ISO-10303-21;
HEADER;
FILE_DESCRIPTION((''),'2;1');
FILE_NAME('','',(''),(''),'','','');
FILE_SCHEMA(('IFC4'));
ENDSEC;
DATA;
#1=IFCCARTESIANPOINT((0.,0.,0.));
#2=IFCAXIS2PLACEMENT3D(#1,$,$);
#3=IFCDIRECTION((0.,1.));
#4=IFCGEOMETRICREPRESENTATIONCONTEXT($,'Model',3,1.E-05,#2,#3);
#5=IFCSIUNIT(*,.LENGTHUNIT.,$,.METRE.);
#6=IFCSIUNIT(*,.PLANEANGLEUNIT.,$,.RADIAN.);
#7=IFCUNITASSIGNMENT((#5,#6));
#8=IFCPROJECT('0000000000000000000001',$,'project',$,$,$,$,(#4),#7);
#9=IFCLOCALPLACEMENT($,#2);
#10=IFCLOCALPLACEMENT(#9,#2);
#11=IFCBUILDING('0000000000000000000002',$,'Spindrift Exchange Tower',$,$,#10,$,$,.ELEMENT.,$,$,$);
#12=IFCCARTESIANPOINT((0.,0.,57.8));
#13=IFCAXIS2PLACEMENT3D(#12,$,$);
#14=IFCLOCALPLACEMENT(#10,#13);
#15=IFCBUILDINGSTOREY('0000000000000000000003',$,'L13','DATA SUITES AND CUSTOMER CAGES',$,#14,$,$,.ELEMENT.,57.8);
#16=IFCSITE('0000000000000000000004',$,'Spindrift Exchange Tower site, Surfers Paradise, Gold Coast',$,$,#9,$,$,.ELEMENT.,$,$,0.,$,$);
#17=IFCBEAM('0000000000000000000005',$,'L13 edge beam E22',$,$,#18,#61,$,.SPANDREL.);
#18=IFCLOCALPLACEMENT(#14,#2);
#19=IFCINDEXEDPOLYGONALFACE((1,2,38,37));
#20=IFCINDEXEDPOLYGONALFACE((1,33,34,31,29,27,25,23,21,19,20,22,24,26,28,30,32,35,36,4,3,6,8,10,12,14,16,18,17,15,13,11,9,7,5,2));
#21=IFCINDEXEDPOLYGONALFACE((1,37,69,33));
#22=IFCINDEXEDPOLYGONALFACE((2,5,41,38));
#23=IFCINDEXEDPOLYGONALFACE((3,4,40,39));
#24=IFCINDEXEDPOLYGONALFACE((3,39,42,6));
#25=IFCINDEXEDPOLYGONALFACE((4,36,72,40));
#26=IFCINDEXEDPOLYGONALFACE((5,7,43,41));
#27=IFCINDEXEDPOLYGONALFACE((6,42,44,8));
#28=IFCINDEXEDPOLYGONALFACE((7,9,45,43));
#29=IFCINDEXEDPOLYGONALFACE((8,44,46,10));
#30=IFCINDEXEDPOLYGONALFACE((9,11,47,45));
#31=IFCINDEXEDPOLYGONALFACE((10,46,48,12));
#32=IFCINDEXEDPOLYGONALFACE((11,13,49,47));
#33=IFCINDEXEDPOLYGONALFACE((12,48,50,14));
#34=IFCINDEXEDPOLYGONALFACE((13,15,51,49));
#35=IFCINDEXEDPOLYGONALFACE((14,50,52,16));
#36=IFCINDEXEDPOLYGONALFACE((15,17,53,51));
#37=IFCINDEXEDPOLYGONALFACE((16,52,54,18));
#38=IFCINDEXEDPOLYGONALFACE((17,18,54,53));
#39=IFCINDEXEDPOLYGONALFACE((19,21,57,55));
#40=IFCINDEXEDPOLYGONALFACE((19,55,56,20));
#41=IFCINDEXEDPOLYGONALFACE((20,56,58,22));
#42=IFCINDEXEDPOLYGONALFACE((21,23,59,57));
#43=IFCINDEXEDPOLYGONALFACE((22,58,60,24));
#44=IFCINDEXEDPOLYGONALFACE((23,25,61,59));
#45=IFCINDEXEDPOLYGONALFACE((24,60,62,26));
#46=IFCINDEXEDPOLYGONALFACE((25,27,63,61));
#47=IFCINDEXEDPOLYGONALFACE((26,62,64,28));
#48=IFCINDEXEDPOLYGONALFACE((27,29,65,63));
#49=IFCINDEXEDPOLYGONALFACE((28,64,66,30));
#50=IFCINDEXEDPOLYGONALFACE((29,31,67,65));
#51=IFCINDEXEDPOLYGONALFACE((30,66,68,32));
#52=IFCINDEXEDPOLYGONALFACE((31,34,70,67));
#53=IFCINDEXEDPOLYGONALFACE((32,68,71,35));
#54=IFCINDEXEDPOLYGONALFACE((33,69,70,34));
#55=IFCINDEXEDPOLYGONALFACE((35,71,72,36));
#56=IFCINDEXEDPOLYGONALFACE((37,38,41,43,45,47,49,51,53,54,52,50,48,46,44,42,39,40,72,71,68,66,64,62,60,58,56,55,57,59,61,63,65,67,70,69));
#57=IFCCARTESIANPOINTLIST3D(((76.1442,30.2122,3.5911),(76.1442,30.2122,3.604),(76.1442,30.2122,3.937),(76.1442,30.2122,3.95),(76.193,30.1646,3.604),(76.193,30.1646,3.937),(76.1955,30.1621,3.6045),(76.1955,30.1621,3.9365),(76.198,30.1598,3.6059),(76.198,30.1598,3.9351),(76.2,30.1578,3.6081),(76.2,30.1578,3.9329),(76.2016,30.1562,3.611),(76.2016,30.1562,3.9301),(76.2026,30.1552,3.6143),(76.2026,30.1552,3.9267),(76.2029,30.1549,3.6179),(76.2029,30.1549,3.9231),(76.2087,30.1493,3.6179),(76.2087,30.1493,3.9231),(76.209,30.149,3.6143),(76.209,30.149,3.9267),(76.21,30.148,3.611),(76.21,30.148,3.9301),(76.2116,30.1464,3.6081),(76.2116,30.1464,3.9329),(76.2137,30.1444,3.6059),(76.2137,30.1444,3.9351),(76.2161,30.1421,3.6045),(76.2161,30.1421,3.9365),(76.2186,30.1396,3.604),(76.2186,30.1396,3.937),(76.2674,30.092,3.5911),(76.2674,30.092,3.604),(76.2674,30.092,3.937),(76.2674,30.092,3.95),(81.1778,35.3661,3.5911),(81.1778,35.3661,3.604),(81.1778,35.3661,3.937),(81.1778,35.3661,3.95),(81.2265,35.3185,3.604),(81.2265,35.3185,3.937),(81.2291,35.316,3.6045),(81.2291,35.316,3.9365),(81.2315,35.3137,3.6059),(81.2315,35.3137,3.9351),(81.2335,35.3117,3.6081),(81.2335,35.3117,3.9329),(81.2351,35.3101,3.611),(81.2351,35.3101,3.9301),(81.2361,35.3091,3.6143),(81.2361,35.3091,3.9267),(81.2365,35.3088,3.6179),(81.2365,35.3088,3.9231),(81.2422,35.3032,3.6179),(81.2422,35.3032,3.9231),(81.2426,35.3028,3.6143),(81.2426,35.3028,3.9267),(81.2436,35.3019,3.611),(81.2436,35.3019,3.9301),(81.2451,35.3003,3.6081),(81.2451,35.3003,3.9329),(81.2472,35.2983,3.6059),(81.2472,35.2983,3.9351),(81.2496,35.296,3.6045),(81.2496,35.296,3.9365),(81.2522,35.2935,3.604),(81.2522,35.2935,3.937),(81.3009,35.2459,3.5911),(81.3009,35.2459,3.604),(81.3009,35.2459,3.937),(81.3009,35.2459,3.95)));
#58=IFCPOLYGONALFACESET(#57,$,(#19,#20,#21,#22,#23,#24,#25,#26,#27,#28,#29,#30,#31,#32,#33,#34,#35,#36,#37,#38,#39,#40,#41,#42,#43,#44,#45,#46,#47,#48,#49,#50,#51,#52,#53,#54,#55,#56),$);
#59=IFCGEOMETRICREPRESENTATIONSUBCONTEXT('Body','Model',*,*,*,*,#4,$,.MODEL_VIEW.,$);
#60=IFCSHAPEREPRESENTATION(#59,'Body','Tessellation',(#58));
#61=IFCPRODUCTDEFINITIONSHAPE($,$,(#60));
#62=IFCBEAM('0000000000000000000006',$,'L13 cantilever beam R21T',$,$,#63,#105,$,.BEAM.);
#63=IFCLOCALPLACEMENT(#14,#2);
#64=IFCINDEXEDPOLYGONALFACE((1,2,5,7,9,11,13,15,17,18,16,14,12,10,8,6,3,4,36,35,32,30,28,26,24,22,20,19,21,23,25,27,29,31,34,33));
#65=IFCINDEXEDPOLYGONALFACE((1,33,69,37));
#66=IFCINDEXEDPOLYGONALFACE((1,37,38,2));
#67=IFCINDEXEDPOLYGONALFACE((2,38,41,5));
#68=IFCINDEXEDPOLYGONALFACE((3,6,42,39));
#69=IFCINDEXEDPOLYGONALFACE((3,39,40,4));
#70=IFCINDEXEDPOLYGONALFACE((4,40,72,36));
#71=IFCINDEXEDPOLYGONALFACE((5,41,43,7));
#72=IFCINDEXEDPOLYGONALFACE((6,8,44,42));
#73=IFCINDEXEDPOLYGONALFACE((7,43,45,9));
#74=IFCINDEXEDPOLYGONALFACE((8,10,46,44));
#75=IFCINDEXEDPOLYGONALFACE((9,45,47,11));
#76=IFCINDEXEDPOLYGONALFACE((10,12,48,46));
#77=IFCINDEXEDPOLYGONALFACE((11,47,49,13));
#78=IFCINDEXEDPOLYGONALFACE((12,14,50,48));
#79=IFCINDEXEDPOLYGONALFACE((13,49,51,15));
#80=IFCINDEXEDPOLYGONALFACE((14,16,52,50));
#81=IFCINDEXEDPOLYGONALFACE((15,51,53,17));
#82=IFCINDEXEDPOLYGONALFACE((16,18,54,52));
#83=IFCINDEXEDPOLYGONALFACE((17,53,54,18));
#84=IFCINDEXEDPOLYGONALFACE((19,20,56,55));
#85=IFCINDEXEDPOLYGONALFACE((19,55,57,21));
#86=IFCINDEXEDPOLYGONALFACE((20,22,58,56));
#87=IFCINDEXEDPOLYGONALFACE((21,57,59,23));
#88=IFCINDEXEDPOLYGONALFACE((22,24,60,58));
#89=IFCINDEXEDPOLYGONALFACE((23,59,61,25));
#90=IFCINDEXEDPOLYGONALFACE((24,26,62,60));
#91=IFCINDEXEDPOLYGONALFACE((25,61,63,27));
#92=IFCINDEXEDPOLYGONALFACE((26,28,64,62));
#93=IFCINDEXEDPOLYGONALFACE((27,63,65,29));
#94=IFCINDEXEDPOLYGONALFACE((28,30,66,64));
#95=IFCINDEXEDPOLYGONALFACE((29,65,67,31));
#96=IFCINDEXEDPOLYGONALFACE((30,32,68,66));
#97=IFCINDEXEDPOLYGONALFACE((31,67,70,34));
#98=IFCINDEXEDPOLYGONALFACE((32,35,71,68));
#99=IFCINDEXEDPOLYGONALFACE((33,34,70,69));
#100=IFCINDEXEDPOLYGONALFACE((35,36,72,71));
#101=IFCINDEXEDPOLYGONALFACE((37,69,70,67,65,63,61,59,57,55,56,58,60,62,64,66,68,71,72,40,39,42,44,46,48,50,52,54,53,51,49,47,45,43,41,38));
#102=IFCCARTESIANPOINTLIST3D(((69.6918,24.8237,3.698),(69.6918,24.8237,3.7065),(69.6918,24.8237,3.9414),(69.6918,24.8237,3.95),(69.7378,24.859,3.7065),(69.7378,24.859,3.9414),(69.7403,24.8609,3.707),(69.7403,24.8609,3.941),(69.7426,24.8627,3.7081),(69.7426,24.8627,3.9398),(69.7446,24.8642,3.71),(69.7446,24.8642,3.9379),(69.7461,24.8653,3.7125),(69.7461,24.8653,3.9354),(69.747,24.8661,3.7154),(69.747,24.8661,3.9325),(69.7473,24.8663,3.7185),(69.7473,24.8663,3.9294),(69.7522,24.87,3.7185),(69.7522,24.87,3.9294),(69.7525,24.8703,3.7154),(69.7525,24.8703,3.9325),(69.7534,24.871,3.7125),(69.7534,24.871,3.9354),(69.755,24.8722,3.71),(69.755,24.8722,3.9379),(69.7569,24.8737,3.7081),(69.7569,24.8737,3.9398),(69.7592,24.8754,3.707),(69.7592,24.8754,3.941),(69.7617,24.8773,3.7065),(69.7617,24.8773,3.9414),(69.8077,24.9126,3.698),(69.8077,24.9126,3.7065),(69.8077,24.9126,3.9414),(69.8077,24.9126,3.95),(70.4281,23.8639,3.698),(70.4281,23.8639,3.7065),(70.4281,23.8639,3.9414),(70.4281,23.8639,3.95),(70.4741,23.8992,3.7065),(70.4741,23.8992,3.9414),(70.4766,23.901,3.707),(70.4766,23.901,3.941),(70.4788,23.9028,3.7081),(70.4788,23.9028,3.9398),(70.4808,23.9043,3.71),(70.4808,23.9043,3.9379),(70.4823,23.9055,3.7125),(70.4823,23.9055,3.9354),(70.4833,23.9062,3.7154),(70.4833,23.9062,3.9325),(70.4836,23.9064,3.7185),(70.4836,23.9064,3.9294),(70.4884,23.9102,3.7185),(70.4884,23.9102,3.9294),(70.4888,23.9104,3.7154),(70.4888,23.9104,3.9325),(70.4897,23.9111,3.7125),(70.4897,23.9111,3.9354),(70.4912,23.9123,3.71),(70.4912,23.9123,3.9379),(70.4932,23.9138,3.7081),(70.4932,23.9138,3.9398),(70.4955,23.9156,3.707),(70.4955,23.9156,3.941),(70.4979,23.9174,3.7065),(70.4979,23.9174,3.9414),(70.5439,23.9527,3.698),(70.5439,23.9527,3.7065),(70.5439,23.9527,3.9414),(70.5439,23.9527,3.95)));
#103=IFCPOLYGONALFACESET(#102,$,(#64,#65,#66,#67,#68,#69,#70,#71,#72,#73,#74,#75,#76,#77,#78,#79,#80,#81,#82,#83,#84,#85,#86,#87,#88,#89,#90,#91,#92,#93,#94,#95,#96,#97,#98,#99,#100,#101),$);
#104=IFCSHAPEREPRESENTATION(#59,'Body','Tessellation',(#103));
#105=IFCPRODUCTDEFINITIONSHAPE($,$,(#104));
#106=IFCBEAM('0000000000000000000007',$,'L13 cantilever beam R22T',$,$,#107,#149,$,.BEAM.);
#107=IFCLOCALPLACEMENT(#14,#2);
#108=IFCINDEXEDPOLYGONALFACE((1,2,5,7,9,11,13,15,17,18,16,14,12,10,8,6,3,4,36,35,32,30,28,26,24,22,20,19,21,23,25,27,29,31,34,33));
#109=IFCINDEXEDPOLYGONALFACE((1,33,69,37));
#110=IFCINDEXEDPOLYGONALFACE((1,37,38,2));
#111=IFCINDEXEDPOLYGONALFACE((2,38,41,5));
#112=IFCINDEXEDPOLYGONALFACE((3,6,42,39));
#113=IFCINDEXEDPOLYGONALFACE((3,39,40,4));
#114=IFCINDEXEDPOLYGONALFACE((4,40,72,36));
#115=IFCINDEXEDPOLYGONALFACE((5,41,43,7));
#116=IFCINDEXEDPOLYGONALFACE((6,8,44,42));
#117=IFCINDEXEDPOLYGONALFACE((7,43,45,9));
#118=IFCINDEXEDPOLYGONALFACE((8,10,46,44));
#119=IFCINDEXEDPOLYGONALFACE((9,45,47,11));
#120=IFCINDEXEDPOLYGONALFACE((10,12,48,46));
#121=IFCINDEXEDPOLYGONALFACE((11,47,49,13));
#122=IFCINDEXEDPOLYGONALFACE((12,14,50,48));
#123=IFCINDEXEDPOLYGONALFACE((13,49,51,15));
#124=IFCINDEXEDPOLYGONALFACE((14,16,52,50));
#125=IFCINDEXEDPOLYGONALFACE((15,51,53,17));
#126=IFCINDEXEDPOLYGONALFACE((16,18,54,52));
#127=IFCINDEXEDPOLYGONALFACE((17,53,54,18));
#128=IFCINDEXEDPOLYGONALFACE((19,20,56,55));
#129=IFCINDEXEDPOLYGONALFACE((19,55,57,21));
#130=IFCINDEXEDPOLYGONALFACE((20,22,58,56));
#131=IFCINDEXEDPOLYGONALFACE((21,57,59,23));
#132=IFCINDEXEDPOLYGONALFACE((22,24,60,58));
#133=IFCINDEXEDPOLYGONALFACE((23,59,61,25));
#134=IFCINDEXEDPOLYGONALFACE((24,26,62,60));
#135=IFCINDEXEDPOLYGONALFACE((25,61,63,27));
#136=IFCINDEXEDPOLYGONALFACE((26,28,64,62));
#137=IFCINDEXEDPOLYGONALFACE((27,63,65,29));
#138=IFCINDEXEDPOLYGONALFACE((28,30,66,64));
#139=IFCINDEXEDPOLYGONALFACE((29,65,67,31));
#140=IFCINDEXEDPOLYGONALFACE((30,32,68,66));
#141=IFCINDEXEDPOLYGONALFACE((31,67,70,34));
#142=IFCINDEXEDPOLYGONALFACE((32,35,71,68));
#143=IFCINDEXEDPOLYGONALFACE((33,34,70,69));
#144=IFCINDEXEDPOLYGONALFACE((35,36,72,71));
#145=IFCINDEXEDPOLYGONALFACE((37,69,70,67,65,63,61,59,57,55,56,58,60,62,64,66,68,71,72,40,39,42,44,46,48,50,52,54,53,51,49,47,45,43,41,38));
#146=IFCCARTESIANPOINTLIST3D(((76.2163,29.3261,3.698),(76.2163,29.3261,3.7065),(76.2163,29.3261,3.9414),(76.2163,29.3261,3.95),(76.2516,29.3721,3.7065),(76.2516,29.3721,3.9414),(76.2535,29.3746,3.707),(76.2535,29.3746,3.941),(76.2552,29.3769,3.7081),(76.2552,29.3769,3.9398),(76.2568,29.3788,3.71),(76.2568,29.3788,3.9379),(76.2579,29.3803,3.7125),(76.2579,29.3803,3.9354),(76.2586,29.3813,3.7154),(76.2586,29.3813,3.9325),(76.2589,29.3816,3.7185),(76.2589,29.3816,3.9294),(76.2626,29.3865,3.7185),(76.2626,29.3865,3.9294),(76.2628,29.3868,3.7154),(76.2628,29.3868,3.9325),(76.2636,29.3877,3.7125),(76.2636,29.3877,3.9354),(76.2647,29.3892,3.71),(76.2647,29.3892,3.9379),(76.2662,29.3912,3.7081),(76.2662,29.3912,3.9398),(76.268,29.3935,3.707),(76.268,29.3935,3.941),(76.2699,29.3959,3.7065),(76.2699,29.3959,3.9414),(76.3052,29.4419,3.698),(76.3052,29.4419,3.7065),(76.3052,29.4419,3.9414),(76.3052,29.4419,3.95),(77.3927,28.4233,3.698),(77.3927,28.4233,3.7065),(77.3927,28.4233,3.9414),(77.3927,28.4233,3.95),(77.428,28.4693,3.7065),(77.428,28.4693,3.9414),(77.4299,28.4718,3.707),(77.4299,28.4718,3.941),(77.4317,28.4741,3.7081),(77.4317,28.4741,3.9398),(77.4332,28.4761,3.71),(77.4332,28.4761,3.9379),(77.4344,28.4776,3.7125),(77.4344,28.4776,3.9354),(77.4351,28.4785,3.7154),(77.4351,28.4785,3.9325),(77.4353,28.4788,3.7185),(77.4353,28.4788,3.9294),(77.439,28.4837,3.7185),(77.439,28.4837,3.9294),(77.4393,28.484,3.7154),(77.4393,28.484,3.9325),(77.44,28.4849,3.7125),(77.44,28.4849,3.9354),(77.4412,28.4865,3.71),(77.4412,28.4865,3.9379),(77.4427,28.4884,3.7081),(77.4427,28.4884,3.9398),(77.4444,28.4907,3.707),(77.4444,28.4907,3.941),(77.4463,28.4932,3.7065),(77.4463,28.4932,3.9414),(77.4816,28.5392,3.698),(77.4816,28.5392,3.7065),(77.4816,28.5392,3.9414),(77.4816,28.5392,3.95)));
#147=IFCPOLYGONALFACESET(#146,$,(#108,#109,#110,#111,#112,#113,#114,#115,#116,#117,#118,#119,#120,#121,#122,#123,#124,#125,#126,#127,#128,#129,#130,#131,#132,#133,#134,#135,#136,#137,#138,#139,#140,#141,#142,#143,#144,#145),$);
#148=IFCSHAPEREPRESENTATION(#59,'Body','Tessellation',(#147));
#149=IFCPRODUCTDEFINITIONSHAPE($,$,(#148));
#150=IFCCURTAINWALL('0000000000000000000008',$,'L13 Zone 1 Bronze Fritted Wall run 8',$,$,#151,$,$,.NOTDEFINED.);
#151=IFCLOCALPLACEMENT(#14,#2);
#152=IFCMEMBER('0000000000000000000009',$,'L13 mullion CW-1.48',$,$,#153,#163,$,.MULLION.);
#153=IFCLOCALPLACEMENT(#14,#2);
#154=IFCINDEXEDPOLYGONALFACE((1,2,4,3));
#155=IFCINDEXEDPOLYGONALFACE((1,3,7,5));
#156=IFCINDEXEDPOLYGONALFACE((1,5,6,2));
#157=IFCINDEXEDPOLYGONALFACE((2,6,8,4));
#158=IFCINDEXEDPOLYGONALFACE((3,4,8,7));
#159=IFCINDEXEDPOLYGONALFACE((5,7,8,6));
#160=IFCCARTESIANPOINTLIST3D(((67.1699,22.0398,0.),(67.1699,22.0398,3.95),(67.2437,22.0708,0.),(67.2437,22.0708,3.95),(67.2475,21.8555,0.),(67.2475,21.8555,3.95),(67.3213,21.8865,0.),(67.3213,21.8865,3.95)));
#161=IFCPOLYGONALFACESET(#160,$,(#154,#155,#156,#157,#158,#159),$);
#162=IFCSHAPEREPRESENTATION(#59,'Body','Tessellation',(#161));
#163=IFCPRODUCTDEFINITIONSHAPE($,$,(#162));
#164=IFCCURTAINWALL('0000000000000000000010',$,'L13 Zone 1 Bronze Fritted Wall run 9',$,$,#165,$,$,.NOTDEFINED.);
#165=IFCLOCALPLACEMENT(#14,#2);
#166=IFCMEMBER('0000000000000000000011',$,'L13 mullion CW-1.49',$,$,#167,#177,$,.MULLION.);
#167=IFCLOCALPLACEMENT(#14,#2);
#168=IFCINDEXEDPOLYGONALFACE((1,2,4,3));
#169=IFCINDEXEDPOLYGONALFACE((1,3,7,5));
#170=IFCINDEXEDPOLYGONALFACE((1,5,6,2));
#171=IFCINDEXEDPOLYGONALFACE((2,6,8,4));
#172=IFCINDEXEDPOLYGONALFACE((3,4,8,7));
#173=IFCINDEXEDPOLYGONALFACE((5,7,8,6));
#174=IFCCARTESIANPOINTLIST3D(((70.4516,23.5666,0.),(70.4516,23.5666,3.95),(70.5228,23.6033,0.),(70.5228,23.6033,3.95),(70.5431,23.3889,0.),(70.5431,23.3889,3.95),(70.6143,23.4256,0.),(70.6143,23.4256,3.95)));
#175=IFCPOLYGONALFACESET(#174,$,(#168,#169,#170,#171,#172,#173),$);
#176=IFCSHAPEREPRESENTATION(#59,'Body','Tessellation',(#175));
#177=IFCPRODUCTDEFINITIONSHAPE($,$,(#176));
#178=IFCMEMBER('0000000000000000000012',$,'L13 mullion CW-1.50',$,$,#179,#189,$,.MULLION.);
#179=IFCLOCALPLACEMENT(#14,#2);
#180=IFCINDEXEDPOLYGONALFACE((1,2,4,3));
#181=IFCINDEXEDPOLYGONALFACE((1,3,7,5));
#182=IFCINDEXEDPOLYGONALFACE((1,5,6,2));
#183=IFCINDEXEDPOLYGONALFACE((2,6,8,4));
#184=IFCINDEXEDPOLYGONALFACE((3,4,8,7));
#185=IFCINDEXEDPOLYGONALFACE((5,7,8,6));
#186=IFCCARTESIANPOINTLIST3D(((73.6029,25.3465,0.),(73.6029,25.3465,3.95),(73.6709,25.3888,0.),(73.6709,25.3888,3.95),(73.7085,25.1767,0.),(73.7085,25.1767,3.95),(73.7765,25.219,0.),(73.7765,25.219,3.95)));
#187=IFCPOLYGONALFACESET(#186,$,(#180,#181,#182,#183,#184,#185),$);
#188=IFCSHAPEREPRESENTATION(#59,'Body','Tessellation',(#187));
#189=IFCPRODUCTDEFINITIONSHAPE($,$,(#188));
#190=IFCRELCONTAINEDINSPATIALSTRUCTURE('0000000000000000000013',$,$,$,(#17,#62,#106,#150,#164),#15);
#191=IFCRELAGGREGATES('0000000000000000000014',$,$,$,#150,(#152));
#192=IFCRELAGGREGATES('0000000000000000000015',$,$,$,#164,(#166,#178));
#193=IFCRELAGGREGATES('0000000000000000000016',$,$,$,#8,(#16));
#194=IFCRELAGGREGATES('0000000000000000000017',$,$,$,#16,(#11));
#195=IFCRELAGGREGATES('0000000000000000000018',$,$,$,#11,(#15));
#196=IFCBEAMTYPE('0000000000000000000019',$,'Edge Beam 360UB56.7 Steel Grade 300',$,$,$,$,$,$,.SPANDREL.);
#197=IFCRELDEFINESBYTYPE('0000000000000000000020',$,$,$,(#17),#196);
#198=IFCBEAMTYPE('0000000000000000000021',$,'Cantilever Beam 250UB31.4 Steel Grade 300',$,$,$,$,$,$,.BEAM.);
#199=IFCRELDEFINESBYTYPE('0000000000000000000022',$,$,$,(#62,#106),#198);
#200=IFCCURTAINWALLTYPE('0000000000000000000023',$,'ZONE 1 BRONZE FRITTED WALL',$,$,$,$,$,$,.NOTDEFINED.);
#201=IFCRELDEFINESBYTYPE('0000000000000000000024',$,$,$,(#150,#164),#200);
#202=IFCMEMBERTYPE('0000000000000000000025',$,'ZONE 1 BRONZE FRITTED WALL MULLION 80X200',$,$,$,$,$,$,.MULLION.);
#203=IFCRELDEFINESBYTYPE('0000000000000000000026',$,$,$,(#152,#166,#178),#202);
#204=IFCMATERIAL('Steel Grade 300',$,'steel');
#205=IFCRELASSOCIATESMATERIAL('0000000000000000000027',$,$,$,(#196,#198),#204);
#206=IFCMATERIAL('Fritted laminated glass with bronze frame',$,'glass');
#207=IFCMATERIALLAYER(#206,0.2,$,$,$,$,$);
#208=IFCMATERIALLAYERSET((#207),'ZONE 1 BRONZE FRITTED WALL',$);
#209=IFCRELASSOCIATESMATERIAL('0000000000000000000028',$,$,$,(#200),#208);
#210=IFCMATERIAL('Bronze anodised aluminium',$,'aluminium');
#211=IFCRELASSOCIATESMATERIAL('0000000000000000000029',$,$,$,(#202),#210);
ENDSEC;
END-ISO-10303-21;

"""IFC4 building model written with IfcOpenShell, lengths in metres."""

from ifc_helpers import new_model, si_unit, direction, frame, origin, origin_2d, place, context, subcontext, project, spatial, rectangle, i_section, extrude, source, transform, mapped, material, layer, layer_set, material_profile, profile_set, type_object, element, aggregate, save


model = new_model("IFC4")

# Units and contexts
model_context = context("Model", 3, precision=1e-05, world=origin(), true_north=direction((0.0, 1.0)))
body_context = subcontext(model_context, "Body", "Model", "MODEL_VIEW")
ifc_project = project(units=[si_unit("LENGTHUNIT", "METRE"), si_unit("PLANEANGLEUNIT", "RADIAN")], contexts=[model_context])

# Site, building, storey
site_placement = place(None, origin())
site = spatial("IfcSite", under=ifc_project, at=site_placement, Name="Spindrift Exchange Tower site, Surfers Paradise, Gold Coast", CompositionType="ELEMENT", RefElevation=0.0)
building_placement = place(site_placement, origin())
building = spatial("IfcBuilding", under=site, at=building_placement, Name="Spindrift Exchange Tower", CompositionType="ELEMENT")
storey_placement = place(building_placement, frame((0.0, 0.0, 57.8)))
storey = spatial("IfcBuildingStorey", under=building, at=storey_placement, Name="L13", Description="DATA SUITES AND CUSTOMER CAGES", CompositionType="ELEMENT", Elevation=57.8)

# Beams
ifc_material_1 = material(Name="Steel Grade 300", Category="steel")
ifc_material_profile_1 = material_profile(ifc_material_1, i_section(OverallWidth=0.1721, OverallDepth=0.3589, WebThickness=0.0081, FlangeThickness=0.0129, FilletRadius=0.0139, at=origin_2d()), Name="360UB56.7")
ifc_profile_set_1 = profile_set([ifc_material_profile_1], Name="Steel Grade 300")
beam_type_1 = type_object("IfcBeamType", Name="Edge Beam 360UB56.7 Steel Grade 300", PredefinedType="SPANDREL", material=ifc_profile_set_1)
shared_shape_1 = source(origin(), body_context, "Body", "SweptSolid", [
    extrude(i_section(OverallWidth=0.1721, OverallDepth=0.3589, WebThickness=0.0081, FlangeThickness=0.0129, FilletRadius=0.0139, at=origin_2d()), origin(), (0.0, 0.0, 1.0), 7.2041),
])
beam_1_placement = place(storey_placement, frame((76.2058, 30.1521, 3.7705), z_axis=(0.698704, 0.715411, 0.0), x_axis=(-0.715411, 0.698704, 0.0)))
element("IfcBeam", 1, at=beam_1_placement, inside=storey, type_object=beam_type_1, Name="L13 edge beam E22", PredefinedType="SPANDREL", context=body_context, shape_type="MappedRepresentation", body=[
    mapped(shared_shape_1, transform((0.0, 0.0, 0.0), scale=1.0)),
])
ifc_material_profile_2 = material_profile(ifc_material_1, i_section(OverallWidth=0.146, OverallDepth=0.252, WebThickness=0.0061, FlangeThickness=0.0085, FilletRadius=0.012, at=origin_2d()), Name="250UB31.4")
ifc_profile_set_2 = profile_set([ifc_material_profile_2], Name="Steel Grade 300")
beam_type_2 = type_object("IfcBeamType", Name="Cantilever Beam 250UB31.4 Steel Grade 300", PredefinedType="BEAM", material=ifc_profile_set_2)
shared_shape_2 = source(origin(), body_context, "Body", "SweptSolid", [
    extrude(i_section(OverallWidth=0.146, OverallDepth=0.252, WebThickness=0.0061, FlangeThickness=0.0085, FilletRadius=0.012, at=origin_2d()), origin(), (0.0, 0.0, 1.0), 1.2097),
])
beam_2_placement = place(storey_placement, frame((69.7498, 24.8682, 3.824), z_axis=(0.608618, -0.793463, 0.0), x_axis=(0.793463, 0.608618, 0.0)))
element("IfcBeam", 2, at=beam_2_placement, inside=storey, type_object=beam_type_2, Name="L13 cantilever beam R21T", PredefinedType="BEAM", context=body_context, shape_type="MappedRepresentation", body=[
    mapped(shared_shape_2, transform((0.0, 0.0, 0.0), scale=1.0)),
])
shared_shape_3 = source(origin(), body_context, "Body", "SweptSolid", [
    extrude(i_section(OverallWidth=0.146, OverallDepth=0.252, WebThickness=0.0061, FlangeThickness=0.0085, FilletRadius=0.012, at=origin_2d()), origin(), (0.0, 0.0, 1.0), 1.4829),
])
beam_3_placement = place(storey_placement, frame((76.2607, 29.384, 3.824), z_axis=(0.793333, -0.608787, 0.0), x_axis=(0.608787, 0.793333, 0.0)))
element("IfcBeam", 3, at=beam_3_placement, inside=storey, type_object=beam_type_2, Name="L13 cantilever beam R22T", PredefinedType="BEAM", context=body_context, shape_type="MappedRepresentation", body=[
    mapped(shared_shape_3, transform((0.0, 0.0, 0.0), scale=1.0)),
])

# Curtain wall, member
ifc_material_2 = material(Name="Fritted laminated glass with bronze frame", Category="glass")
ifc_layer_1 = layer(ifc_material_2, 0.2)
ifc_layer_set_1 = layer_set([ifc_layer_1], Name="ZONE 1 BRONZE FRITTED WALL")
curtain_wall_type = type_object("IfcCurtainWallType", Name="ZONE 1 BRONZE FRITTED WALL", PredefinedType="NOTDEFINED", material=ifc_layer_set_1)
curtain_wall_1_placement = place(storey_placement, origin())
curtain_wall_1 = element("IfcCurtainWall", 4, at=curtain_wall_1_placement, inside=storey, type_object=curtain_wall_type, Name="L13 Zone 1 Bronze Fritted Wall run 8", PredefinedType="NOTDEFINED")
ifc_material_3 = material(Name="Bronze anodised aluminium", Category="aluminium")
ifc_material_profile_3 = material_profile(ifc_material_3, rectangle(XDim=0.0801, YDim=0.2, at=origin_2d()), Name="ZONE 1 BRONZE FRITTED WALL MULLION 80X200")
ifc_profile_set_3 = profile_set([ifc_material_profile_3], Name="Bronze anodised aluminium")
member_type_1 = type_object("IfcMemberType", Name="ZONE 1 BRONZE FRITTED WALL MULLION 80X200", PredefinedType="MULLION", material=ifc_profile_set_3)
shared_shape_4 = source(origin(), body_context, "Body", "SweptSolid", [
    extrude(rectangle(XDim=0.0801, YDim=0.2, at=origin_2d()), origin(), (0.0, 0.0, 1.0), 3.95),
])
member_1_placement = place(storey_placement, frame((67.2456, 21.9631, 0.0), z_axis=(0.0, 0.0, 1.0), x_axis=(0.921697, 0.387911, 0.0)))
member_1 = element("IfcMember", 5, at=member_1_placement, type_object=member_type_1, Name="L13 mullion CW-1.48", PredefinedType="MULLION", context=body_context, shape_type="MappedRepresentation", body=[
    mapped(shared_shape_4, transform((0.0, 0.0, 0.0), scale=1.0)),
])

# Curtain wall, members
curtain_wall_2_placement = place(storey_placement, origin())
curtain_wall_2 = element("IfcCurtainWall", 6, at=curtain_wall_2_placement, inside=storey, type_object=curtain_wall_type, Name="L13 Zone 1 Bronze Fritted Wall run 9", PredefinedType="NOTDEFINED")
member_2_placement = place(storey_placement, frame((70.533, 23.4961, 0.0), z_axis=(0.0, 0.0, 1.0), x_axis=(0.888988, 0.45793, 0.0)))
member_2 = element("IfcMember", 7, at=member_2_placement, type_object=member_type_1, Name="L13 mullion CW-1.49", PredefinedType="MULLION", context=body_context, shape_type="MappedRepresentation", body=[
    mapped(shared_shape_4, transform((0.0, 0.0, 0.0), scale=1.0)),
])
member_3_placement = place(storey_placement, frame((73.6897, 25.2827, 0.0), z_axis=(0.0, 0.0, 1.0), x_axis=(0.849251, 0.527989, 0.0)))
member_3 = element("IfcMember", 8, at=member_3_placement, type_object=member_type_1, Name="L13 mullion CW-1.50", PredefinedType="MULLION", context=body_context, shape_type="MappedRepresentation", body=[
    mapped(shared_shape_4, transform((0.0, 0.0, 0.0), scale=1.0)),
])

aggregate(curtain_wall_1, [member_1])
aggregate(curtain_wall_2, [member_2, member_3])

save(model, "model.ifc")
